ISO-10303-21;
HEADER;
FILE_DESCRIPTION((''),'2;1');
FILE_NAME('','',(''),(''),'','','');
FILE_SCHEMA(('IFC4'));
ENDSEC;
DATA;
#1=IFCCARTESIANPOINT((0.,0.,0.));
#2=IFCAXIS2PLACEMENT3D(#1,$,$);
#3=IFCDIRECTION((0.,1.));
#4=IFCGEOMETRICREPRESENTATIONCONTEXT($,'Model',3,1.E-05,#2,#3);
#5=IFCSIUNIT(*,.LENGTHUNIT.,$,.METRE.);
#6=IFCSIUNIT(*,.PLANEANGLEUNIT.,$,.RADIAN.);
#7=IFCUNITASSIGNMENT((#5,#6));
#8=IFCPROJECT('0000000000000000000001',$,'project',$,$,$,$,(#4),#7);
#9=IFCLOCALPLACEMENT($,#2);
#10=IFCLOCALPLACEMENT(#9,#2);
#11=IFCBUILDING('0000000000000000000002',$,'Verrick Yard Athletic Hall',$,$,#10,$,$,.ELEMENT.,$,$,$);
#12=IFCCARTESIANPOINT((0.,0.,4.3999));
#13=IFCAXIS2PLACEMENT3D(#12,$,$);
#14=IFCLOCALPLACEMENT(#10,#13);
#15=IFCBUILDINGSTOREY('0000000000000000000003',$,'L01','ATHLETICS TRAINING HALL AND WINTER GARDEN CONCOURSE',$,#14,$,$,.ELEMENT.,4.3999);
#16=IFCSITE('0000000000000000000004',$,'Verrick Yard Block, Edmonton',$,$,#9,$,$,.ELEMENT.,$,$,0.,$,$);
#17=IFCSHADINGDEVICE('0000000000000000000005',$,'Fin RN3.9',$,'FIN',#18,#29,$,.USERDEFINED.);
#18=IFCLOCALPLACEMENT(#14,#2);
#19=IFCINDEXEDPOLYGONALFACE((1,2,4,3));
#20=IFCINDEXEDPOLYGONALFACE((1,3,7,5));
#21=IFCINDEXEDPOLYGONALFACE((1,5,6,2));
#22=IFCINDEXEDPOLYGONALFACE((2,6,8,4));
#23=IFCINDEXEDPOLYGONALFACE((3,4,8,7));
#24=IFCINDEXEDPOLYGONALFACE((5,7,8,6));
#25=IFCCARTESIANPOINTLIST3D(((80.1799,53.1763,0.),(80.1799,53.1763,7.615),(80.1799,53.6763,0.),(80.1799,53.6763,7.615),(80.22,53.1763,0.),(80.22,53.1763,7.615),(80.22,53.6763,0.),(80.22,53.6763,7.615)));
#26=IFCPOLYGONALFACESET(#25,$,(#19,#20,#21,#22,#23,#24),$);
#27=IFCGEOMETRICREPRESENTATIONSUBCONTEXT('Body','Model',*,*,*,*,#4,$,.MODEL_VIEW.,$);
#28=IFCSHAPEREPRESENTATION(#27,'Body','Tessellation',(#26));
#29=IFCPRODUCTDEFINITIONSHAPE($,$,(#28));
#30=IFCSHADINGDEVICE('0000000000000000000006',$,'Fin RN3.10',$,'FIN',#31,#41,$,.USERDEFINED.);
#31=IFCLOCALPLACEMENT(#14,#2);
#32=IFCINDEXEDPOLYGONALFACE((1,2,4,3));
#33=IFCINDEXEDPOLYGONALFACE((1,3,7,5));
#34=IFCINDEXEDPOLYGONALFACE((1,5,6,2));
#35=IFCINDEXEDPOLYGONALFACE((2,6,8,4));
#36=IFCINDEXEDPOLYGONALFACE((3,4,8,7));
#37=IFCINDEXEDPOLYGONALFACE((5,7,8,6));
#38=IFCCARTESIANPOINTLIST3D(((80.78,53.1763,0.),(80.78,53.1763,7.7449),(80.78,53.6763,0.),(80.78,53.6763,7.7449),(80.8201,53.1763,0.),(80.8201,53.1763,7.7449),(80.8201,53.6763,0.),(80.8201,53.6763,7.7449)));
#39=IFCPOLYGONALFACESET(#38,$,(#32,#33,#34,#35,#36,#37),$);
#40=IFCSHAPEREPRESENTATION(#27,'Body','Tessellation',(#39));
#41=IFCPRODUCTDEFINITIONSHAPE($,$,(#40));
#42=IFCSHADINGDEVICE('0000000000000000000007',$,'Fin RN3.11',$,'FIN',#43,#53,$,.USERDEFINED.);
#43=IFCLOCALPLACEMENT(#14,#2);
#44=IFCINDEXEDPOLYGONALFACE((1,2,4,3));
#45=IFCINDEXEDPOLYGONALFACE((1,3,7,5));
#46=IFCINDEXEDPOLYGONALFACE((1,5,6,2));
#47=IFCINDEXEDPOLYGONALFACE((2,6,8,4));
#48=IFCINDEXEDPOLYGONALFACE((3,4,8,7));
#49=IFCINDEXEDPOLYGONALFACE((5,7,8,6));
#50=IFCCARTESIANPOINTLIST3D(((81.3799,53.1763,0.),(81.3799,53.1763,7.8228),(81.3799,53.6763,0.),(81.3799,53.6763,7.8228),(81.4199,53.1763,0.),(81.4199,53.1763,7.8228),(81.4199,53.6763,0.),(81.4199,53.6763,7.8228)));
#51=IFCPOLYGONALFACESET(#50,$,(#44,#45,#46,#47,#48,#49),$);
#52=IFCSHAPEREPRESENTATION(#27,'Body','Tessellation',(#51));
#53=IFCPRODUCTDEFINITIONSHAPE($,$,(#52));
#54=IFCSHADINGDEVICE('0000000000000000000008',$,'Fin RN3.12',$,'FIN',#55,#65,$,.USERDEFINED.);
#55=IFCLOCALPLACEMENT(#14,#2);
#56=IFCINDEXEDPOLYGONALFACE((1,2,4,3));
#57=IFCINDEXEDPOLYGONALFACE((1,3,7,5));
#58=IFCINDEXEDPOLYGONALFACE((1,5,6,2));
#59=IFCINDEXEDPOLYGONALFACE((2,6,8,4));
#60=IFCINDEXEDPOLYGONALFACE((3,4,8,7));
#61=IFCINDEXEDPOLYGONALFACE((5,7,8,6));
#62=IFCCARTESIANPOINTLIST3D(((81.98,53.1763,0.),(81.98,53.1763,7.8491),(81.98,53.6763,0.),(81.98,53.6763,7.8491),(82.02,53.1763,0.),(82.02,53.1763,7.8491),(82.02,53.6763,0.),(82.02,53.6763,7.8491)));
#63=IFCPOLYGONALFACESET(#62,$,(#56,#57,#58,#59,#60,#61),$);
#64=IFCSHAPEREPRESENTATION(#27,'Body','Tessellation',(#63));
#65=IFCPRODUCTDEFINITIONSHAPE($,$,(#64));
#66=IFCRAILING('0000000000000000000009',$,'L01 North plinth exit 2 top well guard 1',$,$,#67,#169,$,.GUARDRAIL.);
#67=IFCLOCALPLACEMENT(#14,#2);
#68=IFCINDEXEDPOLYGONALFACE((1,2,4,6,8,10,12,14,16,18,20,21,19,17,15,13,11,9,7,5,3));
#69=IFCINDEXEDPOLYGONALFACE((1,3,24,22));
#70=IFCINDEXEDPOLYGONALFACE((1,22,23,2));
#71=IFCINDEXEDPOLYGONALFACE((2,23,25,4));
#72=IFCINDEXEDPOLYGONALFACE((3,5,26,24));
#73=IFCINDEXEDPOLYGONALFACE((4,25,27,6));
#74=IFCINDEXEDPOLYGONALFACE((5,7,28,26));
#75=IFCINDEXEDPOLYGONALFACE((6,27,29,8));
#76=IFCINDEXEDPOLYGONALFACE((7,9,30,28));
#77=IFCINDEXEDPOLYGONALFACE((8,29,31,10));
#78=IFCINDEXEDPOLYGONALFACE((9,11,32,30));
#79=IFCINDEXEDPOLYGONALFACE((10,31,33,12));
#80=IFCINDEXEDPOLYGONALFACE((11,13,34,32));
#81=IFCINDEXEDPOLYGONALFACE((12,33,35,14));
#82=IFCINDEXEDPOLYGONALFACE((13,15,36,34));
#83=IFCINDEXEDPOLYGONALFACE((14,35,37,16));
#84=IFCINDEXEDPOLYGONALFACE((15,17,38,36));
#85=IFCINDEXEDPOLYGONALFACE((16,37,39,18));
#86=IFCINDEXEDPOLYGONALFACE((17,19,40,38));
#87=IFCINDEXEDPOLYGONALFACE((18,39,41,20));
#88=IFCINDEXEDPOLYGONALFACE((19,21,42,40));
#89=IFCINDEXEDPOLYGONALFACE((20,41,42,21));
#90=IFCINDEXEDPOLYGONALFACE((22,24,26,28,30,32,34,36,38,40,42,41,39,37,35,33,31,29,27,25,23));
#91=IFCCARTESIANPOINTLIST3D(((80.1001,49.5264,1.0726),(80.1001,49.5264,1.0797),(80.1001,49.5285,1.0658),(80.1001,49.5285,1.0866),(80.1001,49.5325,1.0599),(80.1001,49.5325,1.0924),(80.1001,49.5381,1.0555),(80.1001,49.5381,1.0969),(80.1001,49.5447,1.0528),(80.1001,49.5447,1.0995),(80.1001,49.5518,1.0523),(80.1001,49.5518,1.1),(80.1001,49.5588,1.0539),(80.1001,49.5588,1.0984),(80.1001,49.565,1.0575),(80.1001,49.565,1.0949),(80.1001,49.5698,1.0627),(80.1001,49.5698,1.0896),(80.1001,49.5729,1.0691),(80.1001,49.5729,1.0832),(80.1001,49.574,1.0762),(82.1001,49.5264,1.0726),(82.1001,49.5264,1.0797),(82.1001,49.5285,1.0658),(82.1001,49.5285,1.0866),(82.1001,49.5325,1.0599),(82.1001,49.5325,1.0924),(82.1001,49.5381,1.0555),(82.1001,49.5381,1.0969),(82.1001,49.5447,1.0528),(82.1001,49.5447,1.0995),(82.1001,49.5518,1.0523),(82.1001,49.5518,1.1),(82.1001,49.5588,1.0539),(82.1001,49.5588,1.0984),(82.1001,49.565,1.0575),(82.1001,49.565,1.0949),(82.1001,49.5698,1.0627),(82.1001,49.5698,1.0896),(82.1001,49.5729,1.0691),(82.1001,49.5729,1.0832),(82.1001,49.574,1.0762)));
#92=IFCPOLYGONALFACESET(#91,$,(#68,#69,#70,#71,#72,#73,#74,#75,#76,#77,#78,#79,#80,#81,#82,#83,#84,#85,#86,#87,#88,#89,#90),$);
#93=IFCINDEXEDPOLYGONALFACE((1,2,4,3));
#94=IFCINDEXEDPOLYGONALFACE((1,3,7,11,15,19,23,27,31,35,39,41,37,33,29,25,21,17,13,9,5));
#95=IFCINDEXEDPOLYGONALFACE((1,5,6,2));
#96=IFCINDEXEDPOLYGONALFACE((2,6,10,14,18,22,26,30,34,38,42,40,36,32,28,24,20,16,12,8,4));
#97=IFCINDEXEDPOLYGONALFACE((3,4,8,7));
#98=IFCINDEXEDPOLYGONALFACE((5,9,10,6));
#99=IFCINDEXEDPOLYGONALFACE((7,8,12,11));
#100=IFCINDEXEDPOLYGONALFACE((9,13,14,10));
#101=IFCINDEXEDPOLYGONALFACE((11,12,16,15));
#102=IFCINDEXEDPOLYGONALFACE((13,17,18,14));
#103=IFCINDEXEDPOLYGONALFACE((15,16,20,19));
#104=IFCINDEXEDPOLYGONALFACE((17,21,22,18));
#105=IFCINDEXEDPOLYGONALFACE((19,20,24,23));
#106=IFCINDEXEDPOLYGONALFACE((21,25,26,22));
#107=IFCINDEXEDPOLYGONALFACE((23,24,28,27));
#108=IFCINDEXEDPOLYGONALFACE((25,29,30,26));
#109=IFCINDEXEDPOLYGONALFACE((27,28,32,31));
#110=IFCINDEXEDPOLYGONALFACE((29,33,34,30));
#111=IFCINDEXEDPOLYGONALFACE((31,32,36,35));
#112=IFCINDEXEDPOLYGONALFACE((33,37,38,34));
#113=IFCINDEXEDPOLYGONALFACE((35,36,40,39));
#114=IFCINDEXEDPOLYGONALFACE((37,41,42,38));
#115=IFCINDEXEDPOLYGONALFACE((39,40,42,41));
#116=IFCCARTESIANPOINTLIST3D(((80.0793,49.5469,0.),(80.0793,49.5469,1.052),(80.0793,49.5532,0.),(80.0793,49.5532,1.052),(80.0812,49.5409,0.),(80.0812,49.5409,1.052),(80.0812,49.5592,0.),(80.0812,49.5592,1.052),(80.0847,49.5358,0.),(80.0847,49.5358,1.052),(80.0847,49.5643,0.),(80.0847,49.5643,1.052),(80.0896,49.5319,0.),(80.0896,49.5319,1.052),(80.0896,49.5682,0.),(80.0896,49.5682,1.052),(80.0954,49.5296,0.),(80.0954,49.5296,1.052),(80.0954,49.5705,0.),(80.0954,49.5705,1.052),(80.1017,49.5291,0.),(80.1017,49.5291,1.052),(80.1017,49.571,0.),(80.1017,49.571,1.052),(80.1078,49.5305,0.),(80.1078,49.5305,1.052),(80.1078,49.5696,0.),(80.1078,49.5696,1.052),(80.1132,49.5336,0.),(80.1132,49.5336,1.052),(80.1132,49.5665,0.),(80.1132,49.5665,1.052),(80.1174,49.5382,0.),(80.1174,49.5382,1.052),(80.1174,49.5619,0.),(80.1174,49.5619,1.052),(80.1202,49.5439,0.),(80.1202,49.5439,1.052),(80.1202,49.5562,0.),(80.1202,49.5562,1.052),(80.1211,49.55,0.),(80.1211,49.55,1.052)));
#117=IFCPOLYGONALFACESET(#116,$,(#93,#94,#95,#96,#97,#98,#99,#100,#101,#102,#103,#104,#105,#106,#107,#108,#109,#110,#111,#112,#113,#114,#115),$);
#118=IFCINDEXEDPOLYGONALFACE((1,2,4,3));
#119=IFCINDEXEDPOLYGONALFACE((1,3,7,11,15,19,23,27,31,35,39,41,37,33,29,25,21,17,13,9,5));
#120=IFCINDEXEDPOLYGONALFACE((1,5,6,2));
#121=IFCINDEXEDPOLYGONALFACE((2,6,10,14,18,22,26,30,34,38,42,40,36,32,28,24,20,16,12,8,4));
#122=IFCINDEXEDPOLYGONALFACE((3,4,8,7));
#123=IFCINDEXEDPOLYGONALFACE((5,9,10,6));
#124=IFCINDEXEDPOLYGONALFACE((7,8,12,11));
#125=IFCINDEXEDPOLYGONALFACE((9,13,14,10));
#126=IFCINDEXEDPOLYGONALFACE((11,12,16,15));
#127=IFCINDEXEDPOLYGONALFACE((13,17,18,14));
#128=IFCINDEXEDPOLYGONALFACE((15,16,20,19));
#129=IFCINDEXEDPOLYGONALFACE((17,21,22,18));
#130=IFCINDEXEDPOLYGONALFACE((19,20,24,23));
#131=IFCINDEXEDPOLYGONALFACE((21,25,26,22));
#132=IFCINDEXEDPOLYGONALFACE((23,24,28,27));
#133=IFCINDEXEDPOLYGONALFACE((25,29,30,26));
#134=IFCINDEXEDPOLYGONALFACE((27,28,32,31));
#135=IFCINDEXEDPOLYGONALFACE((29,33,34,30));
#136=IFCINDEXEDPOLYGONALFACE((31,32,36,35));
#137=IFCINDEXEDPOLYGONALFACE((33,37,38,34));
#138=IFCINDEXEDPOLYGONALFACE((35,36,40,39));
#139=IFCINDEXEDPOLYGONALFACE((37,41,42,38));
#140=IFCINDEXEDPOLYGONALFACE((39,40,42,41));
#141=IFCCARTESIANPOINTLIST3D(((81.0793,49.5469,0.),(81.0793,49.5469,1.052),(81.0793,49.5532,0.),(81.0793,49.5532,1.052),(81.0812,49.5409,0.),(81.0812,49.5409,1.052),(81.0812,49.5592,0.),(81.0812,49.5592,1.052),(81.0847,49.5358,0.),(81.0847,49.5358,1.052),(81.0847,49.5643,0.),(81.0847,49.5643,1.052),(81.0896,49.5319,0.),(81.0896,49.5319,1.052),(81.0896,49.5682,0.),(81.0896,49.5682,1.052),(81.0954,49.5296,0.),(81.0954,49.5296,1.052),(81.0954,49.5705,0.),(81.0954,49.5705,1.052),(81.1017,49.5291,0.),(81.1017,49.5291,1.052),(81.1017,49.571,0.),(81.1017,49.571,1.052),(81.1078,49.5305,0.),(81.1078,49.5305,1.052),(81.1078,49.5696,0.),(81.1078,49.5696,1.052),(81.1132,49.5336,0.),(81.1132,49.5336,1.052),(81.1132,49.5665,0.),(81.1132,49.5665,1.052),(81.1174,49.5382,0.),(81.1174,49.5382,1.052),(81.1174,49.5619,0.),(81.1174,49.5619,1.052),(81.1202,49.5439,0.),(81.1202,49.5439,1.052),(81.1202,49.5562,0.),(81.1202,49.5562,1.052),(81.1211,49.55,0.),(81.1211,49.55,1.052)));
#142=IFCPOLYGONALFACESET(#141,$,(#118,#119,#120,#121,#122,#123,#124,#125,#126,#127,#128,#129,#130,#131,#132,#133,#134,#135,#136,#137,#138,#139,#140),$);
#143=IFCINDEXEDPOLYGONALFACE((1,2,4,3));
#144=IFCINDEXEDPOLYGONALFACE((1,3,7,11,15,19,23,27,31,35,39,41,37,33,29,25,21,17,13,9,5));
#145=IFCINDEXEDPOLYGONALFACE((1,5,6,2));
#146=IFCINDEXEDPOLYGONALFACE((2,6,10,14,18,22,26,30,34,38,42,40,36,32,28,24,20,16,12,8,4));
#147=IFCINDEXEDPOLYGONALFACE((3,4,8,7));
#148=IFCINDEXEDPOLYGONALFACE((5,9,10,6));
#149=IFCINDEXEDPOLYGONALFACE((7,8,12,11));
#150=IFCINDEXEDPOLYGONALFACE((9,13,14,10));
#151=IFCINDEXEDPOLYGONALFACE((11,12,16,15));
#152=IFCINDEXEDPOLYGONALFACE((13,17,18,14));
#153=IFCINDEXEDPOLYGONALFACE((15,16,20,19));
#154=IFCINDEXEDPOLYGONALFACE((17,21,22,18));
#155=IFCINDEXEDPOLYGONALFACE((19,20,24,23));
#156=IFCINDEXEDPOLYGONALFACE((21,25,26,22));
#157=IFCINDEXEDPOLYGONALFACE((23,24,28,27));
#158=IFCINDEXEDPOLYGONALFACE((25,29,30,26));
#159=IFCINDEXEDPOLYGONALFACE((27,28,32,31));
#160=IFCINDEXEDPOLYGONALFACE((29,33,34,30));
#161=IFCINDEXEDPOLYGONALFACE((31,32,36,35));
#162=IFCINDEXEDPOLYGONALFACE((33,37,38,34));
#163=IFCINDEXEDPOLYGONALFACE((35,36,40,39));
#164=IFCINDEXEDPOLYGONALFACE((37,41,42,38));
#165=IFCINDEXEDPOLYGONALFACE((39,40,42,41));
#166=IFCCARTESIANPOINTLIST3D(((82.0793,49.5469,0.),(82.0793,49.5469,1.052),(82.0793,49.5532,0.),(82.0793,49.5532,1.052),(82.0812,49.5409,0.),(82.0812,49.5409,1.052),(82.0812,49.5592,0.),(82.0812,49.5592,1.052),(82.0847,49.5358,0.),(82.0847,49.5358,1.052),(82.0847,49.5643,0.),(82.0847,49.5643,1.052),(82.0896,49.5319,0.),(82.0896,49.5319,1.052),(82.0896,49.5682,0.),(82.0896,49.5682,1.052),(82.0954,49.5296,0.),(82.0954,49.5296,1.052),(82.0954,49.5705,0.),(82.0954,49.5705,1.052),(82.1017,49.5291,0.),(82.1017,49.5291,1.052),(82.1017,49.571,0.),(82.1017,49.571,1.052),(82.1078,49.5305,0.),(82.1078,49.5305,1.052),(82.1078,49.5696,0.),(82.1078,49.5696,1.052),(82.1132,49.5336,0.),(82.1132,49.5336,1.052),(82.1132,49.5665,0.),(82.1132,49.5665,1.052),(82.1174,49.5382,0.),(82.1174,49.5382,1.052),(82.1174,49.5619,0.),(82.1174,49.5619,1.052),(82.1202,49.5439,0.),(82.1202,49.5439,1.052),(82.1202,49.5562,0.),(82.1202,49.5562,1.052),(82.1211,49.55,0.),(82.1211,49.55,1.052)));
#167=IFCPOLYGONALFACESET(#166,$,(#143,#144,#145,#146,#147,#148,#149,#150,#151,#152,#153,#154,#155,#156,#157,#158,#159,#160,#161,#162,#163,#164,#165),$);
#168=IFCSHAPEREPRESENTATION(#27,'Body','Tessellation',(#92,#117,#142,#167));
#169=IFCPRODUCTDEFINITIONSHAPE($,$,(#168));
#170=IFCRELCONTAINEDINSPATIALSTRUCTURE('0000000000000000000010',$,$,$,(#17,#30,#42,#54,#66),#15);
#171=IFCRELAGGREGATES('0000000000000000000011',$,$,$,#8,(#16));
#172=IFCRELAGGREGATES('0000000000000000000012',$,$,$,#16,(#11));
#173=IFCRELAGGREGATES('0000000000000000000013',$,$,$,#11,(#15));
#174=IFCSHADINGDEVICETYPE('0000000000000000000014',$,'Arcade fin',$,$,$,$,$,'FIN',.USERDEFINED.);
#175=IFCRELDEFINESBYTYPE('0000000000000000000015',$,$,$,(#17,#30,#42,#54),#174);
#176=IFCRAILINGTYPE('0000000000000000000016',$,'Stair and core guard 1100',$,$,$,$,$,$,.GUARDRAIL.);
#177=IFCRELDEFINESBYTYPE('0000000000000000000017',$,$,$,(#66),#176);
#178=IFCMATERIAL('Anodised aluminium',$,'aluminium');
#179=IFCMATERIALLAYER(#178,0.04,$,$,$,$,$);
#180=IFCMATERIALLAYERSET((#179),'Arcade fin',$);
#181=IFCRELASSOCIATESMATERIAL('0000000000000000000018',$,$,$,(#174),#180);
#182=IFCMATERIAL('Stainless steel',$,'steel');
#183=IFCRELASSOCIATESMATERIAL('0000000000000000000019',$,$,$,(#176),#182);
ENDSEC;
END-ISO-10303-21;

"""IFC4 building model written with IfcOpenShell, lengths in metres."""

from ifc_helpers import new_model, si_unit, direction, frame, origin, origin_2d, place, context, subcontext, project, spatial, polyline, circle, outline, extrude, material, layer, layer_set, type_object, element, save


model = new_model("IFC4")

# Units and contexts
model_context = context("Model", 3, precision=1e-05, world=origin(), true_north=direction((0.0, 1.0)))
body_context = subcontext(model_context, "Body", "Model", "MODEL_VIEW")
ifc_project = project(units=[si_unit("LENGTHUNIT", "METRE"), si_unit("PLANEANGLEUNIT", "RADIAN")], contexts=[model_context])

# Site, building, storey
site_placement = place(None, origin())
site = spatial("IfcSite", under=ifc_project, at=site_placement, Name="Verrick Yard Block, Edmonton", CompositionType="ELEMENT", RefElevation=0.0)
building_placement = place(site_placement, origin())
building = spatial("IfcBuilding", under=site, at=building_placement, Name="Verrick Yard Athletic Hall", CompositionType="ELEMENT")
storey_placement = place(building_placement, frame((0.0, 0.0, 4.3999)))
storey = spatial("IfcBuildingStorey", under=building, at=storey_placement, Name="L01", Description="ATHLETICS TRAINING HALL AND WINTER GARDEN CONCOURSE", CompositionType="ELEMENT", Elevation=4.3999)

# Shading devices
ifc_material_1 = material(Name="Anodised aluminium", Category="aluminium")
ifc_layer_1 = layer(ifc_material_1, 0.04)
ifc_layer_set_1 = layer_set([ifc_layer_1], Name="Arcade fin")
shading_device_type = type_object("IfcShadingDeviceType", Name="Arcade fin", ElementType="FIN", PredefinedType="USERDEFINED", material=ifc_layer_set_1)
shading_device_1_placement = place(storey_placement, frame((80.2, 53.1763, 0.0), z_axis=(0.0, 0.0, 1.0), x_axis=(0.0, 1.0, 0.0)))
element("IfcShadingDevice", 1, at=shading_device_1_placement, inside=storey, type_object=shading_device_type, Name="Fin RN3.9", ObjectType="FIN", PredefinedType="USERDEFINED", context=body_context, shape_type="SweptSolid", body=[
    extrude(outline(polyline([(0.0, 0.0), (0.5, 0.0), (0.5, 7.615), (0.0, 7.615), (0.0, 0.0)])), frame((0.0, 0.02, 0.0), z_axis=(0.0, -1.0, 0.0), x_axis=(1.0, 0.0, 0.0)), (0.0, 0.0, 1.0), 0.04),
])
shading_device_2_placement = place(storey_placement, frame((80.8, 53.1763, 0.0), z_axis=(0.0, 0.0, 1.0), x_axis=(0.0, 1.0, 0.0)))
element("IfcShadingDevice", 2, at=shading_device_2_placement, inside=storey, type_object=shading_device_type, Name="Fin RN3.10", ObjectType="FIN", PredefinedType="USERDEFINED", context=body_context, shape_type="SweptSolid", body=[
    extrude(outline(polyline([(0.0, 0.0), (0.5, 0.0), (0.5, 7.7449), (0.0, 7.7449), (0.0, 0.0)])), frame((0.0, 0.02, 0.0), z_axis=(0.0, -1.0, 0.0), x_axis=(1.0, 0.0, 0.0)), (0.0, 0.0, 1.0), 0.04),
])
shading_device_3_placement = place(storey_placement, frame((81.3999, 53.1763, 0.0), z_axis=(0.0, 0.0, 1.0), x_axis=(0.0, 1.0, 0.0)))
element("IfcShadingDevice", 3, at=shading_device_3_placement, inside=storey, type_object=shading_device_type, Name="Fin RN3.11", ObjectType="FIN", PredefinedType="USERDEFINED", context=body_context, shape_type="SweptSolid", body=[
    extrude(outline(polyline([(0.0, 0.0), (0.5, 0.0), (0.5, 7.8228), (0.0, 7.8228), (0.0, 0.0)])), frame((0.0, 0.02, 0.0), z_axis=(0.0, -1.0, 0.0), x_axis=(1.0, 0.0, 0.0)), (0.0, 0.0, 1.0), 0.04),
])
shading_device_4_placement = place(storey_placement, frame((82.0, 53.1763, 0.0), z_axis=(0.0, 0.0, 1.0), x_axis=(0.0, 1.0, 0.0)))
element("IfcShadingDevice", 4, at=shading_device_4_placement, inside=storey, type_object=shading_device_type, Name="Fin RN3.12", ObjectType="FIN", PredefinedType="USERDEFINED", context=body_context, shape_type="SweptSolid", body=[
    extrude(outline(polyline([(0.0, 0.0), (0.5, 0.0), (0.5, 7.8491), (0.0, 7.8491), (0.0, 0.0)])), frame((0.0, 0.02, 0.0), z_axis=(0.0, -1.0, 0.0), x_axis=(1.0, 0.0, 0.0)), (0.0, 0.0, 1.0), 0.04),
])

# Railing
ifc_material_2 = material(Name="Stainless steel", Category="steel")
railing_type = type_object("IfcRailingType", Name="Stair and core guard 1100", PredefinedType="GUARDRAIL", material=ifc_material_2)
railing_placement = place(storey_placement, frame((80.1001, 49.55, 0.0)))
element("IfcRailing", 5, at=railing_placement, inside=storey, type_object=railing_type, Name="L01 North plinth exit 2 top well guard 1", PredefinedType="GUARDRAIL", context=body_context, shape_type="SweptSolid", body=[
    extrude(circle(Radius=0.0239, at=origin_2d()), frame((0.0, 0.0, 1.0762), z_axis=(1.0, 0.0, 0.0), x_axis=(0.0, 1.0, 0.0)), (0.0, 0.0, 1.0), 2.0),
    extrude(circle(Radius=0.021, at=origin_2d()), origin(), (0.0, 0.0, 1.0), 1.052),
    extrude(circle(Radius=0.021, at=origin_2d()), frame((1.0, 0.0, 0.0)), (0.0, 0.0, 1.0), 1.052),
    extrude(circle(Radius=0.021, at=origin_2d()), frame((2.0, 0.0, 0.0)), (0.0, 0.0, 1.0), 1.052),
])

save(model, "model.ifc")
